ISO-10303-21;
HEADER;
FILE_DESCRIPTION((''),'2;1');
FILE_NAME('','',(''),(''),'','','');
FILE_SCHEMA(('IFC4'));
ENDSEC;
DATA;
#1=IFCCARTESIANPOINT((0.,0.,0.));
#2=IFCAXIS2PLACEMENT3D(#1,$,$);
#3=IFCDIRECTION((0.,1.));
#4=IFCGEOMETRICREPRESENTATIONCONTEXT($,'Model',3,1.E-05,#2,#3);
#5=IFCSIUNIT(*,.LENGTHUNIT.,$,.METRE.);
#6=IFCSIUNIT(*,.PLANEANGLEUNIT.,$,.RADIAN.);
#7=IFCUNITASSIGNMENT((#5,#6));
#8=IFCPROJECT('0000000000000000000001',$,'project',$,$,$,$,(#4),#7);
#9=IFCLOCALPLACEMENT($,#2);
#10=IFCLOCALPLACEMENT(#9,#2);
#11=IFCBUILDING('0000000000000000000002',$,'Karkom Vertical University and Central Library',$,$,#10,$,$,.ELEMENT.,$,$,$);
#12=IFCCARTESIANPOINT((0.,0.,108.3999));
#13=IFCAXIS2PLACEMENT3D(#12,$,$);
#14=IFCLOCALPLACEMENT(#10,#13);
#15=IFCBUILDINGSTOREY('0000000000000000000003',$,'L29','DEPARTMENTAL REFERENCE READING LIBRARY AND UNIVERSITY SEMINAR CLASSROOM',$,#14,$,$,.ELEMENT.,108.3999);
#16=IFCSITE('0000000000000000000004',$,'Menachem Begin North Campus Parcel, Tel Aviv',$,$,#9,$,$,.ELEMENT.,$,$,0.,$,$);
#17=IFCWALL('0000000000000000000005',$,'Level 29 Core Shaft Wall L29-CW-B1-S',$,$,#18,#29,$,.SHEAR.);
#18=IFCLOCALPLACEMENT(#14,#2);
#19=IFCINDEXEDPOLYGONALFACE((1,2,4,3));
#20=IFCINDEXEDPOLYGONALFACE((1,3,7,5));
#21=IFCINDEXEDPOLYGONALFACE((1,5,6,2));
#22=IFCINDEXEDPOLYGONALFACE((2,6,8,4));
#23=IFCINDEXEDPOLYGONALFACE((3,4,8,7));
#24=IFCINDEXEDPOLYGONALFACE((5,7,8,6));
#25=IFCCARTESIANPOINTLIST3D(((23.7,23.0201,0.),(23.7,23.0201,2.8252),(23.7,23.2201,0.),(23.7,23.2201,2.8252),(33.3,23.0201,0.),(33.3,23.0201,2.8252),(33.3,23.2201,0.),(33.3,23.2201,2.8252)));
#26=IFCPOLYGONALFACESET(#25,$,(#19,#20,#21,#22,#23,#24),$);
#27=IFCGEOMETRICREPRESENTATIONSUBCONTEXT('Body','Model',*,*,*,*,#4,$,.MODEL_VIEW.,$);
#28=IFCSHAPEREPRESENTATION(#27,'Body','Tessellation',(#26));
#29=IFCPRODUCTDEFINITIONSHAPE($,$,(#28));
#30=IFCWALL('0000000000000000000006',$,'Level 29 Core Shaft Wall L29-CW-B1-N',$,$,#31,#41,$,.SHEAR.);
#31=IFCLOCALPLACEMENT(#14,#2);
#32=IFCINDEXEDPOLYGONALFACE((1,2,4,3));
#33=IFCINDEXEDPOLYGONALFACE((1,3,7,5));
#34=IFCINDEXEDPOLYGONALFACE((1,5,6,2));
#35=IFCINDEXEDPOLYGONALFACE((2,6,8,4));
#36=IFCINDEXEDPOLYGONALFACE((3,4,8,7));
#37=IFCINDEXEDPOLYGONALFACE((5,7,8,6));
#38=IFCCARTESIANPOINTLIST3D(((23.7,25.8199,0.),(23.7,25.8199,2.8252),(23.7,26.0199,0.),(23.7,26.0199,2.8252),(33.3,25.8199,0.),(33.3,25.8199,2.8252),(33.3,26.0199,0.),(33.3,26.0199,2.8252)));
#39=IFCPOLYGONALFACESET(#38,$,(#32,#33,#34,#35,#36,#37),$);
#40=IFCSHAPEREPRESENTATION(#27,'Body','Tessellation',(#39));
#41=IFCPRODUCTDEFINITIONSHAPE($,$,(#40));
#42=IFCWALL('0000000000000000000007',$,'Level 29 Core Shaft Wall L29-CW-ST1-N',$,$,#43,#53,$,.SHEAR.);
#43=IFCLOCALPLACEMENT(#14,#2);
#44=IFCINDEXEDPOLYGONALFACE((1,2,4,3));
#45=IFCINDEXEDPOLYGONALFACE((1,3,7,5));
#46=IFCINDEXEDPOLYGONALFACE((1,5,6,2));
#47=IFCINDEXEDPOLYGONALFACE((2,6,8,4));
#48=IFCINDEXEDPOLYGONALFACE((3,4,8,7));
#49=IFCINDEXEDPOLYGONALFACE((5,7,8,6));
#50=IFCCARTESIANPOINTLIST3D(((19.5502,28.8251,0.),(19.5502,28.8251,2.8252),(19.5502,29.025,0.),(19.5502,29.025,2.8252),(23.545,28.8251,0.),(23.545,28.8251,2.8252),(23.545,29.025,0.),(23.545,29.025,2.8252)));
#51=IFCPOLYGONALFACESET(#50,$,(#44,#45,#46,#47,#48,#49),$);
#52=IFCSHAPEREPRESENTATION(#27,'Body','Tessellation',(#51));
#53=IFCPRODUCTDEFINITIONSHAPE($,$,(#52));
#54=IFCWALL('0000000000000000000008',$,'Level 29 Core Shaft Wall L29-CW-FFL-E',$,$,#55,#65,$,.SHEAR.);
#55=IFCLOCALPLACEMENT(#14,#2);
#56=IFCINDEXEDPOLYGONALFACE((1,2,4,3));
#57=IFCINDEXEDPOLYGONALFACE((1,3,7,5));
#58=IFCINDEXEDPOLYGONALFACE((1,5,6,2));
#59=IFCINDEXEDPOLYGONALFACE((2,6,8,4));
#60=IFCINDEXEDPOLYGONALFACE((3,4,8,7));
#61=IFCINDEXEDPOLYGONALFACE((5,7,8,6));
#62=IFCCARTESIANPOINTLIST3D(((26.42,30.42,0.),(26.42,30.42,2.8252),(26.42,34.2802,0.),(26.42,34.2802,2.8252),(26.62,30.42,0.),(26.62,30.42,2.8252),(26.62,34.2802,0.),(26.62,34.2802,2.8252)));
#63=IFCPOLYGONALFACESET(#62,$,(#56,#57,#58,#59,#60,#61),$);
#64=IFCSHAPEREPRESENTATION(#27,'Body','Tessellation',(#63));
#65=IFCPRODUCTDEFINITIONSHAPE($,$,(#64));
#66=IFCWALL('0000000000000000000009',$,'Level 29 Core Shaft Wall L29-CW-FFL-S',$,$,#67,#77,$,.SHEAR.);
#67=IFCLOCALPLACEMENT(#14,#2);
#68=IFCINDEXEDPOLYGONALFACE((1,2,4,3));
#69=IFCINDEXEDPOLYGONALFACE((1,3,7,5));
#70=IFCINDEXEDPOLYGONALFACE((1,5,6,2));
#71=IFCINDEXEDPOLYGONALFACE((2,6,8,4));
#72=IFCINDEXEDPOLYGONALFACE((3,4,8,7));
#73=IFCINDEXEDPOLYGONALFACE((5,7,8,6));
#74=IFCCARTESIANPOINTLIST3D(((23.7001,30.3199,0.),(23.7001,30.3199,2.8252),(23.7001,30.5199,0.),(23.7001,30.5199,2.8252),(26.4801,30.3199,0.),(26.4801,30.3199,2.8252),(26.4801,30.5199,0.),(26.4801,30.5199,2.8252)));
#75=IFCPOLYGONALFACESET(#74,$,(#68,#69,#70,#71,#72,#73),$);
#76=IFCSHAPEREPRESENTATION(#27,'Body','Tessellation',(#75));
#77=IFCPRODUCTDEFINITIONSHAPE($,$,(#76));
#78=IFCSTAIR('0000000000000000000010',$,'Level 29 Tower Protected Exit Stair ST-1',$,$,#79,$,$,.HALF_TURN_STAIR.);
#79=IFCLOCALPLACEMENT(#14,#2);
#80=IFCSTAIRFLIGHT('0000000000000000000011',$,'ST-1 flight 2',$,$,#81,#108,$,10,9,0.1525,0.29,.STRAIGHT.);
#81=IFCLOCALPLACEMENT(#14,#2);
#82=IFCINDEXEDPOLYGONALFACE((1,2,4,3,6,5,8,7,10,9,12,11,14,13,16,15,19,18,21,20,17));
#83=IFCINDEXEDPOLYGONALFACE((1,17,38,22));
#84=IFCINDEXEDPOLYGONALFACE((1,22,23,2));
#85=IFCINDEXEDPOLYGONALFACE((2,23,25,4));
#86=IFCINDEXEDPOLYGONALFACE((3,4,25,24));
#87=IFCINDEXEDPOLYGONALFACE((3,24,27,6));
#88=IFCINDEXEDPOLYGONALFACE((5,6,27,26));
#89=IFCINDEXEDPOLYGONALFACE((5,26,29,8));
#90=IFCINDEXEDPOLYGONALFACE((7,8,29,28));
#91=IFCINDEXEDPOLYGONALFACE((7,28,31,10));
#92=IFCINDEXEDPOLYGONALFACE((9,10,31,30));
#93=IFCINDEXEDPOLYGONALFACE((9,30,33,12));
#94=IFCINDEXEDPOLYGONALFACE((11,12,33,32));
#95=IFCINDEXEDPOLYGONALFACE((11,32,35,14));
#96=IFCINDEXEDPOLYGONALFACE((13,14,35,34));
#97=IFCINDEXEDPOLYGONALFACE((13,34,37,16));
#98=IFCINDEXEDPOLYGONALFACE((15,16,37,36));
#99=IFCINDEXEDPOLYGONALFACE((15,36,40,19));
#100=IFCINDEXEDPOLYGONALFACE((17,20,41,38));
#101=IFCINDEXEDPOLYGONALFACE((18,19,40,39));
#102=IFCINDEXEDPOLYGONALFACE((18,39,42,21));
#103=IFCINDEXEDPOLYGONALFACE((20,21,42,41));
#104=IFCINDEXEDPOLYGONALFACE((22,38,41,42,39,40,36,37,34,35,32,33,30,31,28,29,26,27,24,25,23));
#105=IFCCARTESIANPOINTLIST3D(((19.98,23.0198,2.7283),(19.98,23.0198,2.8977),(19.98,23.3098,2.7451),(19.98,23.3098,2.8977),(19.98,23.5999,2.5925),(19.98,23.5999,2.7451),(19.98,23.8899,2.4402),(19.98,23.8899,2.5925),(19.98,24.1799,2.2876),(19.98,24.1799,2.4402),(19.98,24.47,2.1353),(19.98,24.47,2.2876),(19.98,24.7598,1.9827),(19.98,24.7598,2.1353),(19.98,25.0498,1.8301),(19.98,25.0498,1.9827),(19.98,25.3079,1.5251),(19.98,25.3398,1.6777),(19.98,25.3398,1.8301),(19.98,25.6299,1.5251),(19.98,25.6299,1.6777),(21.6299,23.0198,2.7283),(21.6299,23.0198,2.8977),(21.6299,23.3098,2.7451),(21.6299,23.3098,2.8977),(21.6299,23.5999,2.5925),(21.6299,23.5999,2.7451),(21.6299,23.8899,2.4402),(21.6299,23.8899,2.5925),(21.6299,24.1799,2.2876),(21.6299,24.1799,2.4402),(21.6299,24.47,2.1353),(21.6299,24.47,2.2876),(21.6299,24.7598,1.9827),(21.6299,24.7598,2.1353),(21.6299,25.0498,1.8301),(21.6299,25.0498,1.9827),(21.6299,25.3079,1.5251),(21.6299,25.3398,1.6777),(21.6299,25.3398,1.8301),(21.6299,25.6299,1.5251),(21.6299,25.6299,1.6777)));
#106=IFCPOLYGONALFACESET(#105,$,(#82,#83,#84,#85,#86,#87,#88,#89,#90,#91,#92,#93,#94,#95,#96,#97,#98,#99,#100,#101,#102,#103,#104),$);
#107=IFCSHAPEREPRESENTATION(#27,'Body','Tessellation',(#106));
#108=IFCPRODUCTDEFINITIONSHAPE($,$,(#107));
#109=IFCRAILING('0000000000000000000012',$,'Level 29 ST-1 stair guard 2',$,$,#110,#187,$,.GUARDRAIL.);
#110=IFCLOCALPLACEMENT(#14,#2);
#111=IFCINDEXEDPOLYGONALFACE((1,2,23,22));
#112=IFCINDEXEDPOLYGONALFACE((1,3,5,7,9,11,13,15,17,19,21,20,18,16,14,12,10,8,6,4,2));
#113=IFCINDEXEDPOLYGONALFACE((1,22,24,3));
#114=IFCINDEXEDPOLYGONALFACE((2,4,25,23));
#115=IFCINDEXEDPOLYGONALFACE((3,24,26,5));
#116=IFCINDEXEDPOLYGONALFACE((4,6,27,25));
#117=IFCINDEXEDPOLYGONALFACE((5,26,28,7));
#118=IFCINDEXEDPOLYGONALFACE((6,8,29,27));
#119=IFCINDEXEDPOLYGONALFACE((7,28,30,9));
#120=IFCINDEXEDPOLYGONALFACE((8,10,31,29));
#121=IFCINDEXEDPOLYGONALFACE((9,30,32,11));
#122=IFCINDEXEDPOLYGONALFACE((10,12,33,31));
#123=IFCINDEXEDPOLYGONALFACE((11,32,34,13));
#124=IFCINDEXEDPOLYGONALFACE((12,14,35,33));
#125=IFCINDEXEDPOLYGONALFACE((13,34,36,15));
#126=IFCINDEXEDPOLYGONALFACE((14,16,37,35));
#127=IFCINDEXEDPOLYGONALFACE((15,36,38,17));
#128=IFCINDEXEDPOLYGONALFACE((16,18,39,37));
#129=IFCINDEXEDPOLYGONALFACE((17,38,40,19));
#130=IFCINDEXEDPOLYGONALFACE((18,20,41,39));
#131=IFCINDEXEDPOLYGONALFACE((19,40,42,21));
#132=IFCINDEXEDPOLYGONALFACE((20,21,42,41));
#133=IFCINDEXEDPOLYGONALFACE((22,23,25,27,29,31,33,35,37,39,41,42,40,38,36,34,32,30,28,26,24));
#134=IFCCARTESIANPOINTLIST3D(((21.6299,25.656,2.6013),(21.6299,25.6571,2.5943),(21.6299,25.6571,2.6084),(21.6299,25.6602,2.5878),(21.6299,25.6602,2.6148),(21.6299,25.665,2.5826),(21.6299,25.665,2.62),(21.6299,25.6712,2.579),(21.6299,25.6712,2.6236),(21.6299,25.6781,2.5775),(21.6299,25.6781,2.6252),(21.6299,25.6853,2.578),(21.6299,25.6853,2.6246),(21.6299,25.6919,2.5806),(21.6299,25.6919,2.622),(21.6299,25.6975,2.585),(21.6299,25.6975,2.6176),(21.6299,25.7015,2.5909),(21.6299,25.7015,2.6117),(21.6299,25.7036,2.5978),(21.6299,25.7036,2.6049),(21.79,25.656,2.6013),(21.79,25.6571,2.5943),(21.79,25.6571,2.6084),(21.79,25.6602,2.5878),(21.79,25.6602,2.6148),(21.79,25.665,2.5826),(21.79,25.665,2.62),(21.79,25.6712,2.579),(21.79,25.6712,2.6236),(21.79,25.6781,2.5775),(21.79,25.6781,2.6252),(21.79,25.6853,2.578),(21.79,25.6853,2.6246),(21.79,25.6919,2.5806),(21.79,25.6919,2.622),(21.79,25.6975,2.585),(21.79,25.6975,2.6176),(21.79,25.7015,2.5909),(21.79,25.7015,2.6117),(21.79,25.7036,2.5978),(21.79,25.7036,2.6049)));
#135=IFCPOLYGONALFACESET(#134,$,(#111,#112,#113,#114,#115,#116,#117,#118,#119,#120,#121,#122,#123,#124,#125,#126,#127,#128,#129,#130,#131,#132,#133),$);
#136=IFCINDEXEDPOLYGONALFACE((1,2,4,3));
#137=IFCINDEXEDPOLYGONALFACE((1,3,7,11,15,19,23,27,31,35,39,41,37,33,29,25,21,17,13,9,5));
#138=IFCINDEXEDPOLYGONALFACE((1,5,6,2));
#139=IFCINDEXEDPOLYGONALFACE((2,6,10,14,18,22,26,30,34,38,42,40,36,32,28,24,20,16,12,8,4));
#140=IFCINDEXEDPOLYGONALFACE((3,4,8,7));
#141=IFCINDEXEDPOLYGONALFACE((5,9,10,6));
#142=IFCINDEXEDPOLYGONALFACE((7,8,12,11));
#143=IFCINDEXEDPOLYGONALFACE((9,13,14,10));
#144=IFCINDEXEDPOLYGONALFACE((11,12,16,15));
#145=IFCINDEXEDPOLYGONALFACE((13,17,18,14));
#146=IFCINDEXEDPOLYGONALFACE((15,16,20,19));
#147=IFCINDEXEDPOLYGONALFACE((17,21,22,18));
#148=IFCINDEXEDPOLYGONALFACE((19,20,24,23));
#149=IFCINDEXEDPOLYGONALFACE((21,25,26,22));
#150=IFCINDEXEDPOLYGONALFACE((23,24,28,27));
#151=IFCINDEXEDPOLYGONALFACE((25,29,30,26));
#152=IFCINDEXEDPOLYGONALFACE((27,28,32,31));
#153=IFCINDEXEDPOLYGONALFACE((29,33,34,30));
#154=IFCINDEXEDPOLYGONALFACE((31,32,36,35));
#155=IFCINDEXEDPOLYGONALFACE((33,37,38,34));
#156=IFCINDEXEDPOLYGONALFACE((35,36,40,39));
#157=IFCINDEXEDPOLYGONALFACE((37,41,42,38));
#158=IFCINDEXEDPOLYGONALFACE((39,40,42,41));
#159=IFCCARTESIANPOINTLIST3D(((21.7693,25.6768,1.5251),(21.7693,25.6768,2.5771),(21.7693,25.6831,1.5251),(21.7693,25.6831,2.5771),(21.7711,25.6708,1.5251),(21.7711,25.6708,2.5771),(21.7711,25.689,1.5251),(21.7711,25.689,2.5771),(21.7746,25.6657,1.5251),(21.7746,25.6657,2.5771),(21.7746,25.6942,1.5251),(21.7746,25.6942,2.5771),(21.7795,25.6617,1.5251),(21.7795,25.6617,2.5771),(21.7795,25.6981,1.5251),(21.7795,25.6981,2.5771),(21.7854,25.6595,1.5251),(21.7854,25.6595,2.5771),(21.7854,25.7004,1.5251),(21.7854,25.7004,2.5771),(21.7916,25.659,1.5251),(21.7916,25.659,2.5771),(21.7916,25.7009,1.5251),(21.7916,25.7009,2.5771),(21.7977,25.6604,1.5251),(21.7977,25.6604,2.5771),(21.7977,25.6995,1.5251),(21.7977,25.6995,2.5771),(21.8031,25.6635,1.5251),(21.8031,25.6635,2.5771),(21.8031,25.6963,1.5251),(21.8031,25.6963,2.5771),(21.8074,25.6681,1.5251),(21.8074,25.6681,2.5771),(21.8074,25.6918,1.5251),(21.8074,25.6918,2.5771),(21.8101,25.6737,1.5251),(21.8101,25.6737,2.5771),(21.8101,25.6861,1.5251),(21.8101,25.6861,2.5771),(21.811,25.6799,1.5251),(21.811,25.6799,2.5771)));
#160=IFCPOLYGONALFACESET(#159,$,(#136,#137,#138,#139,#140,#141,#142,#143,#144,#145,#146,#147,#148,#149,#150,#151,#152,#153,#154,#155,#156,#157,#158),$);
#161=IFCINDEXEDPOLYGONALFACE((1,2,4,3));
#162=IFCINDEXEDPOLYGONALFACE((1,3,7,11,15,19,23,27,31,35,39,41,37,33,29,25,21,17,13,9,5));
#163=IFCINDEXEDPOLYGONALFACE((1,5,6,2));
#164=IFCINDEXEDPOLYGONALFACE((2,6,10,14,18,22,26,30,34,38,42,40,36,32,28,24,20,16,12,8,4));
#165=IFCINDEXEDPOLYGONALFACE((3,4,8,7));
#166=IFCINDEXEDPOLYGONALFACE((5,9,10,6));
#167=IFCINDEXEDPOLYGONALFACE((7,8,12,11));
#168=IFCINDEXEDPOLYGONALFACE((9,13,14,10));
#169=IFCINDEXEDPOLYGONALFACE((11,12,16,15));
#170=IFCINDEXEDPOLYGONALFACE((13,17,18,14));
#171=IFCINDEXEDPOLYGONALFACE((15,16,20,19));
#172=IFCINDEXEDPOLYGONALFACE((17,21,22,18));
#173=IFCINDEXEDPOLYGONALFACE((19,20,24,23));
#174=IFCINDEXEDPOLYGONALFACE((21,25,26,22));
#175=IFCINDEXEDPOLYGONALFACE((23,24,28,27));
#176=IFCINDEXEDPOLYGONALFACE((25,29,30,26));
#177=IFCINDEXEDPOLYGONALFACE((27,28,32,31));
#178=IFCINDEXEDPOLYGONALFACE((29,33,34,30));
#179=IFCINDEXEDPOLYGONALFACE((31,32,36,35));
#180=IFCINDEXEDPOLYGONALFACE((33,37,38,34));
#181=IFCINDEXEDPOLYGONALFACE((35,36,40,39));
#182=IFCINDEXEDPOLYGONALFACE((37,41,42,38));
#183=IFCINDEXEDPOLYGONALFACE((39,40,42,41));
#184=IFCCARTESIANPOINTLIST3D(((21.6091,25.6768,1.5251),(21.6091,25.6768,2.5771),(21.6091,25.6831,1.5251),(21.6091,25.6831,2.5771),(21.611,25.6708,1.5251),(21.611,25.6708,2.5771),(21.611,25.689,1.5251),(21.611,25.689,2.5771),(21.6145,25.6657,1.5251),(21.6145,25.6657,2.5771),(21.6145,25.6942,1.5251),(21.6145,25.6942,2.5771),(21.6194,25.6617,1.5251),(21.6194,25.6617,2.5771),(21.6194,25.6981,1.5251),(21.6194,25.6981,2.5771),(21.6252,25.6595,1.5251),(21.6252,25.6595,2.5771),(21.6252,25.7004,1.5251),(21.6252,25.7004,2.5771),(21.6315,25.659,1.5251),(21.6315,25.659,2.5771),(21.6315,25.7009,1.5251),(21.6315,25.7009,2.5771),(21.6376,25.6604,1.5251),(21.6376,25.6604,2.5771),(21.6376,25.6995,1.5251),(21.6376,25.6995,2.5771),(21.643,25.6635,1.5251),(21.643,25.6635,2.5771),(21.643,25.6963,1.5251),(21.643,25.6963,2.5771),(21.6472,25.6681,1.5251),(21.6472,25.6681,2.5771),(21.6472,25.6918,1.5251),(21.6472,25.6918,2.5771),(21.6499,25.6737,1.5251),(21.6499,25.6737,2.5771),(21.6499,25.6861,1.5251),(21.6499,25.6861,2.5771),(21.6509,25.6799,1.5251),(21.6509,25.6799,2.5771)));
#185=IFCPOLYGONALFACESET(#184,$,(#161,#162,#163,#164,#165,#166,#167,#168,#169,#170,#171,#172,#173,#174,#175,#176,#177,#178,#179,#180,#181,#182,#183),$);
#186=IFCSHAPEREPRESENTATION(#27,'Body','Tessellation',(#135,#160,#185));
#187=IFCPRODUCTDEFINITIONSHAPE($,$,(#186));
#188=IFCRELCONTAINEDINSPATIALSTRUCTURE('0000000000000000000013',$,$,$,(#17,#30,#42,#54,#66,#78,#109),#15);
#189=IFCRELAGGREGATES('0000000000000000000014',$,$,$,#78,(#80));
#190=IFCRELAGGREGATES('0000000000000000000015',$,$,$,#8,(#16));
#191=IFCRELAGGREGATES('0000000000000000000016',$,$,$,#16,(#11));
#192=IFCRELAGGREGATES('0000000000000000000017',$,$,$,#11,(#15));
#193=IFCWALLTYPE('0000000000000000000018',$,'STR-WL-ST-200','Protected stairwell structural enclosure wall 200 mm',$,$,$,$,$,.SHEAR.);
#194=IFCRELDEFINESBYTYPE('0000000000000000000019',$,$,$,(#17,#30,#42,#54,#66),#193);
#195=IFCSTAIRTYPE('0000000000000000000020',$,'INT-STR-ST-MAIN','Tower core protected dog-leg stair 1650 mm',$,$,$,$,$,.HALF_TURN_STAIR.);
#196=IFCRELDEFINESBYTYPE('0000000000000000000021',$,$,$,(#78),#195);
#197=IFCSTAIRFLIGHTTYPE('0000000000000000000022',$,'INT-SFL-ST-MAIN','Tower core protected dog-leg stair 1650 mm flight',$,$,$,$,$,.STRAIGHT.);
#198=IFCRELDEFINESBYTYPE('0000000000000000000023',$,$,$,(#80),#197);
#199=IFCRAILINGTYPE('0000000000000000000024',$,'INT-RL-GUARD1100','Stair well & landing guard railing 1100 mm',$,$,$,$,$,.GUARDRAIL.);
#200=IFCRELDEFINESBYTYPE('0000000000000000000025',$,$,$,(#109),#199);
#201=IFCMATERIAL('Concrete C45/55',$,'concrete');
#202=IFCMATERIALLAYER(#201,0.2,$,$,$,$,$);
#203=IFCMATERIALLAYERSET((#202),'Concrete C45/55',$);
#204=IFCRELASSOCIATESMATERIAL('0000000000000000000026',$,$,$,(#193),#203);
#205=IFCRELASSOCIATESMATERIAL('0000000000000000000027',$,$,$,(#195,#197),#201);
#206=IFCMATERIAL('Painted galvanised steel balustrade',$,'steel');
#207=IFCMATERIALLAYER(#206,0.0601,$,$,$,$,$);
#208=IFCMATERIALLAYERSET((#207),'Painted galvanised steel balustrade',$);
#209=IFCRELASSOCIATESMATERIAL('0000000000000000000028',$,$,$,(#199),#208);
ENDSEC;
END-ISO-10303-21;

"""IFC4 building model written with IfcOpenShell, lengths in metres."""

from ifc_helpers import new_model, si_unit, direction, frame, frame_2d, origin, origin_2d, place, context, subcontext, project, spatial, polyline, rectangle, circle, outline, extrude, material, layer, layer_set, type_object, element, aggregate, save


model = new_model("IFC4")

# Units and contexts
model_context = context("Model", 3, precision=1e-05, world=origin(), true_north=direction((0.0, 1.0)))
body_context = subcontext(model_context, "Body", "Model", "MODEL_VIEW")
ifc_project = project(units=[si_unit("LENGTHUNIT", "METRE"), si_unit("PLANEANGLEUNIT", "RADIAN")], contexts=[model_context])

# Site, building, storey
site_placement = place(None, origin())
site = spatial("IfcSite", under=ifc_project, at=site_placement, Name="Menachem Begin North Campus Parcel, Tel Aviv", CompositionType="ELEMENT", RefElevation=0.0)
building_placement = place(site_placement, origin())
building = spatial("IfcBuilding", under=site, at=building_placement, Name="Karkom Vertical University and Central Library", CompositionType="ELEMENT")
storey_placement = place(building_placement, frame((0.0, 0.0, 108.3999)))
storey = spatial("IfcBuildingStorey", under=building, at=storey_placement, Name="L29", Description="DEPARTMENTAL REFERENCE READING LIBRARY AND UNIVERSITY SEMINAR CLASSROOM", CompositionType="ELEMENT", Elevation=108.3999)

# Walls
ifc_material_1 = material(Name="Concrete C45/55", Category="concrete")
ifc_layer_1 = layer(ifc_material_1, 0.2)
ifc_layer_set_1 = layer_set([ifc_layer_1], Name="Concrete C45/55")
wall_type_1 = type_object("IfcWallType", Name="STR-WL-ST-200", Description="Protected stairwell structural enclosure wall 200 mm", PredefinedType="SHEAR", material=ifc_layer_set_1)
for number, where, z_axis, x_axis, name in (
    (1, (23.7, 23.1201, 0.0), (0.0, 0.0, 1.0), (1.0, 0.0, 0.0), "Level 29 Core Shaft Wall L29-CW-B1-S"),
    (2, (23.7, 25.9199, 0.0), (0.0, 0.0, 1.0), (1.0, 0.0, 0.0), "Level 29 Core Shaft Wall L29-CW-B1-N"),
):
    element("IfcWall", number, at=place(storey_placement, frame(where, z_axis=z_axis, x_axis=x_axis)), inside=storey, type_object=wall_type_1, Name=name, PredefinedType="SHEAR", context=body_context, shape_type="SweptSolid", body=[
        extrude(rectangle(XDim=9.6001, YDim=0.2, at=frame_2d((4.8, 0.0))), origin(), (0.0, 0.0, 1.0), 2.8252),
    ])

# Walls
wall_1_placement = place(storey_placement, frame((19.55, 28.925, 0.0), z_axis=(0.0, 0.0, 1.0), x_axis=(1.0, 0.0, 0.0)))
element("IfcWall", 3, at=wall_1_placement, inside=storey, type_object=wall_type_1, Name="Level 29 Core Shaft Wall L29-CW-ST1-N", PredefinedType="SHEAR", context=body_context, shape_type="SweptSolid", body=[
    extrude(rectangle(XDim=3.9949, YDim=0.2, at=frame_2d((1.9976, 0.0))), origin(), (0.0, 0.0, 1.0), 2.8252),
])
wall_2_placement = place(storey_placement, frame((26.52, 30.4199, 0.0), z_axis=(0.0, 0.0, 1.0), x_axis=(0.0, 1.0, 0.0)))
element("IfcWall", 4, at=wall_2_placement, inside=storey, type_object=wall_type_1, Name="Level 29 Core Shaft Wall L29-CW-FFL-E", PredefinedType="SHEAR", context=body_context, shape_type="SweptSolid", body=[
    extrude(rectangle(XDim=3.8601, YDim=0.2, at=frame_2d((1.9302, 0.0))), origin(), (0.0, 0.0, 1.0), 2.8252),
])
wall_3_placement = place(storey_placement, frame((23.7, 30.4199, 0.0), z_axis=(0.0, 0.0, 1.0), x_axis=(1.0, 0.0, 0.0)))
element("IfcWall", 5, at=wall_3_placement, inside=storey, type_object=wall_type_1, Name="Level 29 Core Shaft Wall L29-CW-FFL-S", PredefinedType="SHEAR", context=body_context, shape_type="SweptSolid", body=[
    extrude(rectangle(XDim=2.78, YDim=0.2, at=frame_2d((1.3901, 0.0))), origin(), (0.0, 0.0, 1.0), 2.8252),
])

# Stair, stair flight
stair_type = type_object("IfcStairType", Name="INT-STR-ST-MAIN", Description="Tower core protected dog-leg stair 1650 mm", PredefinedType="HALF_TURN_STAIR", material=ifc_material_1)
stair_placement = place(storey_placement, origin())
stair = element("IfcStair", 6, at=stair_placement, inside=storey, type_object=stair_type, Name="Level 29 Tower Protected Exit Stair ST-1", PredefinedType="HALF_TURN_STAIR")
stair_flight_type = type_object("IfcStairFlightType", Name="INT-SFL-ST-MAIN", Description="Tower core protected dog-leg stair 1650 mm flight", PredefinedType="STRAIGHT", material=ifc_material_1)
stair_flight_placement = place(storey_placement, frame((20.8049, 25.6299, 1.5251), z_axis=(0.0, 0.0, 1.0), x_axis=(0.0, -1.0, 0.0)))
stair_flight = element("IfcStairFlight", 7, at=stair_flight_placement, type_object=stair_flight_type, Name="ST-1 flight 2", NumberOfRisers=10, NumberOfTreads=9, PredefinedType="STRAIGHT", RiserHeight=0.1525, TreadLength=0.29, context=body_context, shape_type="SweptSolid", body=[
    extrude(outline(polyline([(0.0, 0.0), (0.0, 0.1526), (0.29, 0.1526), (0.29, 0.3049), (0.5801, 0.3049), (0.5801, 0.4575), (0.8701, 0.4575), (0.8701, 0.6101), (1.1599, 0.6101), (1.1599, 0.7625), (1.45, 0.7625), (1.45, 0.915), (1.74, 0.915), (1.74, 1.0674), (2.03, 1.0674), (2.03, 1.22), (2.3201, 1.22), (2.3201, 1.3726), (2.6101, 1.3726), (2.6101, 1.5249), (2.6101, 1.2031), (0.322, 0.0), (0.0, 0.0)])), frame((0.0, 0.825, 0.0), z_axis=(0.0, -1.0, 0.0), x_axis=(1.0, 0.0, 0.0)), (0.0, 0.0, 1.0), 1.6499),
])
aggregate(stair, [stair_flight])

# Railing
ifc_material_2 = material(Name="Painted galvanised steel balustrade", Category="steel")
ifc_layer_2 = layer(ifc_material_2, 0.0601)
ifc_layer_set_2 = layer_set([ifc_layer_2], Name="Painted galvanised steel balustrade")
railing_type_1 = type_object("IfcRailingType", Name="INT-RL-GUARD1100", Description="Stair well & landing guard railing 1100 mm", PredefinedType="GUARDRAIL", material=ifc_layer_set_2)
railing_1_placement = place(storey_placement, frame((21.79, 25.6799, 1.5251)))
element("IfcRailing", 8, at=railing_1_placement, inside=storey, type_object=railing_type_1, Name="Level 29 ST-1 stair guard 2", PredefinedType="GUARDRAIL", context=body_context, shape_type="SweptSolid", body=[
    extrude(circle(Radius=0.0239, at=origin_2d()), frame((0.0, 0.0, 1.0762), z_axis=(-1.0, 0.0, 0.0), x_axis=(0.0, -1.0, 0.0)), (0.0, 0.0, 1.0), 0.1602),
    extrude(circle(Radius=0.021, at=origin_2d()), origin(), (0.0, 0.0, 1.0), 1.052),
    extrude(circle(Radius=0.021, at=origin_2d()), frame((-0.1602, 0.0, 0.0)), (0.0, 0.0, 1.0), 1.052),
])

save(model, "model.ifc")
